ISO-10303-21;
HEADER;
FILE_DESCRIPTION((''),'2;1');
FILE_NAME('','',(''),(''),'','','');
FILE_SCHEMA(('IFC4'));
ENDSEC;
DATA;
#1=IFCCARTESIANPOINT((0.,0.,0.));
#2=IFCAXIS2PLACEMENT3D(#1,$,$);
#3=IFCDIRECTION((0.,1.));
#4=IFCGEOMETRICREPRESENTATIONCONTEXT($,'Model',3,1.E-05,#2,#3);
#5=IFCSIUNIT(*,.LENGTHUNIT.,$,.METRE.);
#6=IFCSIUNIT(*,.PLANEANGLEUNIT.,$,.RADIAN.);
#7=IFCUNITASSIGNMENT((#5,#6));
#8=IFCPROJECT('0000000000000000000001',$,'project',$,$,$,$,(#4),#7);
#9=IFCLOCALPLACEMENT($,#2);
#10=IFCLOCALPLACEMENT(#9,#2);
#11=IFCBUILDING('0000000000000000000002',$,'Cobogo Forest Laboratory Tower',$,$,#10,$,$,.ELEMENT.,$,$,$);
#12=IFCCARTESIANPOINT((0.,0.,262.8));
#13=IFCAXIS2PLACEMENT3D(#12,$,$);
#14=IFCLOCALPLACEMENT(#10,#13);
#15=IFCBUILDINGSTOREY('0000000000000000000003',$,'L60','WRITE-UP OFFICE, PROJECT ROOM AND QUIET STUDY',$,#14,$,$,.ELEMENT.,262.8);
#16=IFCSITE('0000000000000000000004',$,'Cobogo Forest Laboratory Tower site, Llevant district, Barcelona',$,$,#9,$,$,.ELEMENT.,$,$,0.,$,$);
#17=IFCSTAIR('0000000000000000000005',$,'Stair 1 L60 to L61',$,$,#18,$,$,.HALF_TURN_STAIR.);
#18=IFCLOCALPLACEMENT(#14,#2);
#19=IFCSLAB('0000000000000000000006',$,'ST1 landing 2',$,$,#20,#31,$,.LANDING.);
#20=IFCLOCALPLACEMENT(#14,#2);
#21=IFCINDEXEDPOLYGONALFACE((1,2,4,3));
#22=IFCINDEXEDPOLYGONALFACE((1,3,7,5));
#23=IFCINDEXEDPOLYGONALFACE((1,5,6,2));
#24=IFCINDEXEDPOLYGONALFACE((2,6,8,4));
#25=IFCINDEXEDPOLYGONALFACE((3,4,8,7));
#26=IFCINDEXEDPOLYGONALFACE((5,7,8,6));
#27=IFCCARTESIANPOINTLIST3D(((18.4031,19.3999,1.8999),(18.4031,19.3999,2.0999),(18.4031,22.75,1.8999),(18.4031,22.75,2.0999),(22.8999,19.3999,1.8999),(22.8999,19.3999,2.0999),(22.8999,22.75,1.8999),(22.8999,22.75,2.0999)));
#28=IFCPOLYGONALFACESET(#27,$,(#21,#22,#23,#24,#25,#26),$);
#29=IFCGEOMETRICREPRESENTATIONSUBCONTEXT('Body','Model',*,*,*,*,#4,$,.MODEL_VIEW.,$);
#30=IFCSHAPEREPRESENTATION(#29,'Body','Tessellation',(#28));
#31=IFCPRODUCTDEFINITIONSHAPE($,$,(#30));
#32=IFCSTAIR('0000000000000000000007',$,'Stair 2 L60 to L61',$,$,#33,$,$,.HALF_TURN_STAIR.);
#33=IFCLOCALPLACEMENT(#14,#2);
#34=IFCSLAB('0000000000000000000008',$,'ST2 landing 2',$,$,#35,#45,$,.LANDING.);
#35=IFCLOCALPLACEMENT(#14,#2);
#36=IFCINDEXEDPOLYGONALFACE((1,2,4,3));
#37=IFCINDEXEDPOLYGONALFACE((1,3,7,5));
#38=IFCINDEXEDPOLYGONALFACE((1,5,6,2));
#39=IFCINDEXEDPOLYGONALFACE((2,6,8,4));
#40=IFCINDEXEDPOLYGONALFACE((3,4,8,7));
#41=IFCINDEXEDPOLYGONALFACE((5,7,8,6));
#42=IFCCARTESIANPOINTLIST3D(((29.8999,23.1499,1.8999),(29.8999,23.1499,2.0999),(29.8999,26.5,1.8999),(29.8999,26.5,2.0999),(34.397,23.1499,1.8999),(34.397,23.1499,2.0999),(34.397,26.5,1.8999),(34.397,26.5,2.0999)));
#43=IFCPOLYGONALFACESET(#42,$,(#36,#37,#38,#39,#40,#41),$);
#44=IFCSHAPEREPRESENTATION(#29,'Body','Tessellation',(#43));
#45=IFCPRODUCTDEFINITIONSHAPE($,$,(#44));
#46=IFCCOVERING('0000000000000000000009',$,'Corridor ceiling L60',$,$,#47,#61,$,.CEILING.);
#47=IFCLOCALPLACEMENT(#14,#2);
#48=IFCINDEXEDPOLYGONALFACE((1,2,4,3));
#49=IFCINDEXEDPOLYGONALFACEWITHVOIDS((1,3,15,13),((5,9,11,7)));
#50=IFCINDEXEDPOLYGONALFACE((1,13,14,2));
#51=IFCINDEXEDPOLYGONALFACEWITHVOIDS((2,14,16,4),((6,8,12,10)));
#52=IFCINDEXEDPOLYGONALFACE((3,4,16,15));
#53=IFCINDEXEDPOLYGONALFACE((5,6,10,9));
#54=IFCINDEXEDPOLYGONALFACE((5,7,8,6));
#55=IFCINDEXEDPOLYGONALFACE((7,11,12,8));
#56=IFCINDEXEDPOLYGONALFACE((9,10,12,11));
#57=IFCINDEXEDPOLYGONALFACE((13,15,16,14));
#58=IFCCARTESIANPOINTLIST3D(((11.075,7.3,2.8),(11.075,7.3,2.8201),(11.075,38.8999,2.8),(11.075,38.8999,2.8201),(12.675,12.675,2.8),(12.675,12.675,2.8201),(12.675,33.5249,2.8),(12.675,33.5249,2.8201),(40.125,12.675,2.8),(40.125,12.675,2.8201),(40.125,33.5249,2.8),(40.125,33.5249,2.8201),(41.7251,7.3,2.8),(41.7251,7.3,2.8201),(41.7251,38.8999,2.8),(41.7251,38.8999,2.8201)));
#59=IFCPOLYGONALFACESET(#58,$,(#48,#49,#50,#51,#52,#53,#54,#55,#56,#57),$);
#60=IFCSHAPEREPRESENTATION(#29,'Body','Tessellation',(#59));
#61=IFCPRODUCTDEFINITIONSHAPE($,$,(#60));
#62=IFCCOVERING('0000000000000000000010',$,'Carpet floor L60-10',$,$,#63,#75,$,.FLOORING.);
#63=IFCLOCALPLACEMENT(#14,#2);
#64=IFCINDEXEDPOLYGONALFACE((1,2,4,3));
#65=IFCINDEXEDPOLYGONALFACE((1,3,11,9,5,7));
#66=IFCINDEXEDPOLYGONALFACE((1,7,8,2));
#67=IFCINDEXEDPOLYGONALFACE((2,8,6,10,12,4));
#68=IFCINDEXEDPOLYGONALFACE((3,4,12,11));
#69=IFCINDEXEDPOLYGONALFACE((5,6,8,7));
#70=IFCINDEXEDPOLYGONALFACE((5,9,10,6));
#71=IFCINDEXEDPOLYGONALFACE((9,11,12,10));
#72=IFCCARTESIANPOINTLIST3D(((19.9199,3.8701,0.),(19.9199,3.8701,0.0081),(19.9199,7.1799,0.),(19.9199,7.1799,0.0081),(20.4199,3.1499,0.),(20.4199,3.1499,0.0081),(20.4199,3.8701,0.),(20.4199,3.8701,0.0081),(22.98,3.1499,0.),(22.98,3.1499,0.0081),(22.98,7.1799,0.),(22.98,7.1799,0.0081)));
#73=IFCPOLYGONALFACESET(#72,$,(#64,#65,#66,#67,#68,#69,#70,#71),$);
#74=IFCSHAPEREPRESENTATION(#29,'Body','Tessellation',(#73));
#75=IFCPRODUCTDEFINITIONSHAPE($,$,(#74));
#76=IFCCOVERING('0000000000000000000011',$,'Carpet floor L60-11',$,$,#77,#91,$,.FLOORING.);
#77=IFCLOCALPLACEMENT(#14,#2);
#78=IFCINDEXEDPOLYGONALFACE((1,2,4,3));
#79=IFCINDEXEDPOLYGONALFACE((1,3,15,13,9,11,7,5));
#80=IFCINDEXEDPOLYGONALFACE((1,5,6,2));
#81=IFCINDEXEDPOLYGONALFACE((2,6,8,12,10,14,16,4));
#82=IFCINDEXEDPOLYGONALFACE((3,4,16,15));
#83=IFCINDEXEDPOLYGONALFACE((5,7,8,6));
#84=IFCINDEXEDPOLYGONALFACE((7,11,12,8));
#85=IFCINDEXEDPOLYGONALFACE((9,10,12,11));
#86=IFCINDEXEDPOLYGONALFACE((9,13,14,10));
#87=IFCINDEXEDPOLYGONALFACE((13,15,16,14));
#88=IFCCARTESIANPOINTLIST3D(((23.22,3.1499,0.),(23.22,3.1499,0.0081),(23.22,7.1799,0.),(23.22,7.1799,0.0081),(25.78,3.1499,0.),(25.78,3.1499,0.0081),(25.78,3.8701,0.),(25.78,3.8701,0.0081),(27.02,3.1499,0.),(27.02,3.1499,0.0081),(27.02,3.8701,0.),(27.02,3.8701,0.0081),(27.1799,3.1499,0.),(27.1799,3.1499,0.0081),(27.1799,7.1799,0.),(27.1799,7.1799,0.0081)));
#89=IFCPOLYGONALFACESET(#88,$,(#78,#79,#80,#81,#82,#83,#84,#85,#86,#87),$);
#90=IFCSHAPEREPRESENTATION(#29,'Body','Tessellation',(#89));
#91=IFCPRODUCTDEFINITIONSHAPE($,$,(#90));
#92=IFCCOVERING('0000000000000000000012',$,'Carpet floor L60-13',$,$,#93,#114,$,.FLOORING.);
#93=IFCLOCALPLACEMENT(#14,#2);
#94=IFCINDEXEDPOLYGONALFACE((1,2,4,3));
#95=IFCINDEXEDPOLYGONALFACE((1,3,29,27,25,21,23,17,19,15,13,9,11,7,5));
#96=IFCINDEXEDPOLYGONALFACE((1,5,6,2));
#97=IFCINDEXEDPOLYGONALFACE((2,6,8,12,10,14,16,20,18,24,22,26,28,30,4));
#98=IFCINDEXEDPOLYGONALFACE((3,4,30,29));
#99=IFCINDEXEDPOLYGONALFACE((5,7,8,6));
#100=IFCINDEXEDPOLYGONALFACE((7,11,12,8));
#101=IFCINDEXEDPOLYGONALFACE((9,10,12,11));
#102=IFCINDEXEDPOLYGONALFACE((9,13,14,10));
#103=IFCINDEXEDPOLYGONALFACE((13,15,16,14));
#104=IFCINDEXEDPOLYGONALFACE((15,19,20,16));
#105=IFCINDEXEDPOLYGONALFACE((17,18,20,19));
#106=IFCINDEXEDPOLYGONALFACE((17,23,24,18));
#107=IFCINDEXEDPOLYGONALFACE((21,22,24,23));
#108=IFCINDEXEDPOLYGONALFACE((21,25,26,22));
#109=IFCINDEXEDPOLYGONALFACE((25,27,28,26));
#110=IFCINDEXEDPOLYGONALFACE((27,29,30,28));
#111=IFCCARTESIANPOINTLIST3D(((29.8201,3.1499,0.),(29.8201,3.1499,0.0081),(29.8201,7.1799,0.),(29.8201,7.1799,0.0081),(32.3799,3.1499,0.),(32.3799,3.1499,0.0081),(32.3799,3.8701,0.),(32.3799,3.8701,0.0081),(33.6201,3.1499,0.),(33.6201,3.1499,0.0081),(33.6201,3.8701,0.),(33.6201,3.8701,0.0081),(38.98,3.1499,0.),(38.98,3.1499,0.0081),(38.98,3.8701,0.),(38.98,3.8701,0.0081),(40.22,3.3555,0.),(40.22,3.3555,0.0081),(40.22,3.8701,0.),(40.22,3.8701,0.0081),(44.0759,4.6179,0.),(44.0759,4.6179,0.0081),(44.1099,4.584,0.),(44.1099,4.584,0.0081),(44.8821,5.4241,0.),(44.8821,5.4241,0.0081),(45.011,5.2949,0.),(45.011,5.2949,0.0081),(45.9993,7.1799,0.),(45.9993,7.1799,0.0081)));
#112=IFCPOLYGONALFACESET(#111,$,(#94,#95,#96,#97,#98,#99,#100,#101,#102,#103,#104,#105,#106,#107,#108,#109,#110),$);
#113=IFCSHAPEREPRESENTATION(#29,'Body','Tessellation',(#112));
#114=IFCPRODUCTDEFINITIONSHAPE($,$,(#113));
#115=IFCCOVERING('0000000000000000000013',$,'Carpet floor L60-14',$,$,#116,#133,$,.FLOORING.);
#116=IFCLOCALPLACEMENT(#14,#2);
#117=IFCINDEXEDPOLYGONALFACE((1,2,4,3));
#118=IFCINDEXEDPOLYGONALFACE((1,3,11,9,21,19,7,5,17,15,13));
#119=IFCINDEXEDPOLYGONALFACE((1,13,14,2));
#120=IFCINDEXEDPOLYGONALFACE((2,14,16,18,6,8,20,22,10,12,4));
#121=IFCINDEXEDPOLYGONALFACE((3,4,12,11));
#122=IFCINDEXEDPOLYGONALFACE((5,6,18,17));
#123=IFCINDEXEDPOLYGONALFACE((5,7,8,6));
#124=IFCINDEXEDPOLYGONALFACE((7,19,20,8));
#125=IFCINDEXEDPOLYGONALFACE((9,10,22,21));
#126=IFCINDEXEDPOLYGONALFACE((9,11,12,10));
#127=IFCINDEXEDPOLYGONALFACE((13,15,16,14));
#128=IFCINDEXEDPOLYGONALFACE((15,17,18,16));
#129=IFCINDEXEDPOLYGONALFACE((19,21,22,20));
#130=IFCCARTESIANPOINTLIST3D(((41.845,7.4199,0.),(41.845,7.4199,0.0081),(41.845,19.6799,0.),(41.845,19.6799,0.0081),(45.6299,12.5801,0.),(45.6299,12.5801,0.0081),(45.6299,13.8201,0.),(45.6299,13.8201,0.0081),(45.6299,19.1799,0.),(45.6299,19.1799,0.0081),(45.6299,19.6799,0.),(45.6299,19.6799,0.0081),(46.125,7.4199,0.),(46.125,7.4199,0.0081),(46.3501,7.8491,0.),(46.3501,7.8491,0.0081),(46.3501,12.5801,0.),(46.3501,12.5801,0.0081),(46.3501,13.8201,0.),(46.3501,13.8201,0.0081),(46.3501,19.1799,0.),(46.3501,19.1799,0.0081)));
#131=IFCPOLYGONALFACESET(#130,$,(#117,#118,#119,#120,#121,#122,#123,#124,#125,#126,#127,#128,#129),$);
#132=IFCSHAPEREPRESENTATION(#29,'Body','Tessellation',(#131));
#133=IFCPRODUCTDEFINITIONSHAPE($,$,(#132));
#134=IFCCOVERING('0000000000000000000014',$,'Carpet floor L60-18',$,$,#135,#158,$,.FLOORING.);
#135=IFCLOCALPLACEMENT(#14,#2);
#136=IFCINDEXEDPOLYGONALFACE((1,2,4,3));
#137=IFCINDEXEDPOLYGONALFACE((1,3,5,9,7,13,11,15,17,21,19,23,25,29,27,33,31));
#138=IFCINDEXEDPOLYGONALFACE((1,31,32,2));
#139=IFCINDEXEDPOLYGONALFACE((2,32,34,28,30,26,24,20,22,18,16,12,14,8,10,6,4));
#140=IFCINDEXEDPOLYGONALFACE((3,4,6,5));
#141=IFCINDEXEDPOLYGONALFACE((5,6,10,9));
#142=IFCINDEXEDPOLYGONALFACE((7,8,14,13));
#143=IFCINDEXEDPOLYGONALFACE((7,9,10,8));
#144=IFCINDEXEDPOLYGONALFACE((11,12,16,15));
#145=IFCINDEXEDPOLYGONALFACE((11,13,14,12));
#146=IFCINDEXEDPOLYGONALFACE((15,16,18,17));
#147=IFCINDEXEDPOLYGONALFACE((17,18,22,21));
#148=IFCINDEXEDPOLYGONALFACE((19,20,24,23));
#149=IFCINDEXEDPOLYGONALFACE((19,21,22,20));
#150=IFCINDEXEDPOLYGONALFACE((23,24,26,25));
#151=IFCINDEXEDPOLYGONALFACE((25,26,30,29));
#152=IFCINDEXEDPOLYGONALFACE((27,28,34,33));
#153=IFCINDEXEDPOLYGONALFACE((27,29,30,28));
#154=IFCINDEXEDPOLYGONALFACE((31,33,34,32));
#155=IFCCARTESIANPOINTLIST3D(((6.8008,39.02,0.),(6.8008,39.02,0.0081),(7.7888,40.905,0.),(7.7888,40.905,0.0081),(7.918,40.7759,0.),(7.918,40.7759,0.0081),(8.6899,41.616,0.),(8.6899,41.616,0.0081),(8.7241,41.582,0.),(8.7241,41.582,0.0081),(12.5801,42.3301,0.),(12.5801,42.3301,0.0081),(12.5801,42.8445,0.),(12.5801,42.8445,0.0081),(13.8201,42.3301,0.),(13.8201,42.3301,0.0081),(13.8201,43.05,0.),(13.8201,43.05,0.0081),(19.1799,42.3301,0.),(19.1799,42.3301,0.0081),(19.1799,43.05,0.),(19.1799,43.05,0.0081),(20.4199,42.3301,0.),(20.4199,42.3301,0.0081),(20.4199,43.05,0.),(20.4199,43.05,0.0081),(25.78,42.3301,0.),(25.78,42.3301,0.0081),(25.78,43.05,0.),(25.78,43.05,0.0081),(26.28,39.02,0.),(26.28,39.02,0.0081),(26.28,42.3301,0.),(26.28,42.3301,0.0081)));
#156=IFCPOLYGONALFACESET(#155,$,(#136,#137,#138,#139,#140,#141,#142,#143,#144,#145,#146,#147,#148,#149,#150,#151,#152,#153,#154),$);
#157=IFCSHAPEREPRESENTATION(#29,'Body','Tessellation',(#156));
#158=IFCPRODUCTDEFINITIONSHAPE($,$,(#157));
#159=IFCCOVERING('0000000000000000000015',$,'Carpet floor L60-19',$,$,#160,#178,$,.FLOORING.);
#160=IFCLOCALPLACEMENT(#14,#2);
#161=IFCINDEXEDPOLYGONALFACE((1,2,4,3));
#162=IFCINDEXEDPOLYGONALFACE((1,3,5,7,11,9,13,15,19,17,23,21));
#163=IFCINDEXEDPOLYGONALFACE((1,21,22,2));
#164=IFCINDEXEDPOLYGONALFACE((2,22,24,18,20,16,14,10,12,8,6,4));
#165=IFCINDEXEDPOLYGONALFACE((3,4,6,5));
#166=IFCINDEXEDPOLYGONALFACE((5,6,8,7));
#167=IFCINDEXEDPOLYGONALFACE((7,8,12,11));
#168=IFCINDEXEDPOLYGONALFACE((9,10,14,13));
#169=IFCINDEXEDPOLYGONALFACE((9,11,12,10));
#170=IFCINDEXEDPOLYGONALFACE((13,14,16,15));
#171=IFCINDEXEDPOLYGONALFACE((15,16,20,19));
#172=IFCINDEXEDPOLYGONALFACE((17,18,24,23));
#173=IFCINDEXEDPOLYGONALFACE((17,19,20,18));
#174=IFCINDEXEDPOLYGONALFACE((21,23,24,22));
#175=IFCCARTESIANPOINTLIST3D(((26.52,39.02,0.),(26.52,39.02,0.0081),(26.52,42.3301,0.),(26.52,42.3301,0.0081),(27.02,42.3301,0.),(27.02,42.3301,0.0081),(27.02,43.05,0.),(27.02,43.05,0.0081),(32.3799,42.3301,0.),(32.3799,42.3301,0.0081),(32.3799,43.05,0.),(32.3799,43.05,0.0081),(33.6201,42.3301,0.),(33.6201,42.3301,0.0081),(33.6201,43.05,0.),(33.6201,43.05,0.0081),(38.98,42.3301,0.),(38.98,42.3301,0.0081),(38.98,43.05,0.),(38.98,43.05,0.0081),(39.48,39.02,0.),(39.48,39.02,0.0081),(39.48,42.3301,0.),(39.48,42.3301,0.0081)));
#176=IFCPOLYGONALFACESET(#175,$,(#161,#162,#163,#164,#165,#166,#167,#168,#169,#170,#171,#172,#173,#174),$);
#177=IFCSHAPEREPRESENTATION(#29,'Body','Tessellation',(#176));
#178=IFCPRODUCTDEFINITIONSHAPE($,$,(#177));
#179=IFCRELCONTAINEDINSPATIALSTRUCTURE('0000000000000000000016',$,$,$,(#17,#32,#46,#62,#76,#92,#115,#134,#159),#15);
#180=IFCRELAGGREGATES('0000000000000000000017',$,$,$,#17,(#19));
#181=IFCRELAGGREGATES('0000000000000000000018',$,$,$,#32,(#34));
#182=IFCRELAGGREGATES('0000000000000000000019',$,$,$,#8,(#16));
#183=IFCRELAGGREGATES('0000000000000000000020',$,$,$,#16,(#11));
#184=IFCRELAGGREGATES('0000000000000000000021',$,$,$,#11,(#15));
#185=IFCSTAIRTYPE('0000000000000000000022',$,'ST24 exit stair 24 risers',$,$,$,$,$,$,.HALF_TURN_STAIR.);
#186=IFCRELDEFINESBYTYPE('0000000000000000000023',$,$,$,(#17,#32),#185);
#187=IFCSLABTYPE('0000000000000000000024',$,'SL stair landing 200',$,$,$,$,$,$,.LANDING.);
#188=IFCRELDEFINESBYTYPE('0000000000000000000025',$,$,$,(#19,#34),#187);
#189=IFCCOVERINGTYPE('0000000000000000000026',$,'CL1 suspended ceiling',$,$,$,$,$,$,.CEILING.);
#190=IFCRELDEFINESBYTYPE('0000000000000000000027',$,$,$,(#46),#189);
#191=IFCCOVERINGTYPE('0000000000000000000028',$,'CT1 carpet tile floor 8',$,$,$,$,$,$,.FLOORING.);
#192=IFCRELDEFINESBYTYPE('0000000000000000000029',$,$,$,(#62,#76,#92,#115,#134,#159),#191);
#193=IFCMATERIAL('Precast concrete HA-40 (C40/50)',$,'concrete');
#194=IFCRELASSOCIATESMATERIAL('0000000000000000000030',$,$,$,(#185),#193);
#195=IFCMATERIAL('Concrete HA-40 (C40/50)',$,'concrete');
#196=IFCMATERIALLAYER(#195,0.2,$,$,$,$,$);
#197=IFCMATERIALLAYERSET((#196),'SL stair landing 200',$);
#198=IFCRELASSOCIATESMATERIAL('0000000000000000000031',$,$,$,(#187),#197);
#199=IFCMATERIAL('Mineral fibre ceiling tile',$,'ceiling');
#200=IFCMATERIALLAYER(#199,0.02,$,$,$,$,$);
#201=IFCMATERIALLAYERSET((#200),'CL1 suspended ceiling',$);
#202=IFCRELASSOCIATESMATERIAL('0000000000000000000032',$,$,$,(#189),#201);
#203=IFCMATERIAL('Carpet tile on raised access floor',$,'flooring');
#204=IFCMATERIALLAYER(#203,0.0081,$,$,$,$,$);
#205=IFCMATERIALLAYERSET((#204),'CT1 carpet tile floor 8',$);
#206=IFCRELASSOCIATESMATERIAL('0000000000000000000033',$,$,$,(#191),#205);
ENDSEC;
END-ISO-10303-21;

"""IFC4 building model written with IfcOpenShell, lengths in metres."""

from ifc_helpers import new_model, si_unit, direction, frame, origin, place, context, subcontext, project, spatial, polyline, outline, extrude, material, layer, layer_set, type_object, element, aggregate, save


model = new_model("IFC4")

# Units and contexts
model_context = context("Model", 3, precision=1e-05, world=origin(), true_north=direction((0.0, 1.0)))
body_context = subcontext(model_context, "Body", "Model", "MODEL_VIEW")
ifc_project = project(units=[si_unit("LENGTHUNIT", "METRE"), si_unit("PLANEANGLEUNIT", "RADIAN")], contexts=[model_context])

# Site, building, storey
site_placement = place(None, origin())
site = spatial("IfcSite", under=ifc_project, at=site_placement, Name="Cobogo Forest Laboratory Tower site, Llevant district, Barcelona", CompositionType="ELEMENT", RefElevation=0.0)
building_placement = place(site_placement, origin())
building = spatial("IfcBuilding", under=site, at=building_placement, Name="Cobogo Forest Laboratory Tower", CompositionType="ELEMENT")
storey_placement = place(building_placement, frame((0.0, 0.0, 262.8)))
storey = spatial("IfcBuildingStorey", under=building, at=storey_placement, Name="L60", Description="WRITE-UP OFFICE, PROJECT ROOM AND QUIET STUDY", CompositionType="ELEMENT", Elevation=262.8)

# Stairs, slabs
ifc_material_1 = material(Name="Precast concrete HA-40 (C40/50)", Category="concrete")
stair_type = type_object("IfcStairType", Name="ST24 exit stair 24 risers", PredefinedType="HALF_TURN_STAIR", material=ifc_material_1)
stair_1_placement = place(storey_placement, origin())
stair_1 = element("IfcStair", 1, at=stair_1_placement, inside=storey, type_object=stair_type, Name="Stair 1 L60 to L61", PredefinedType="HALF_TURN_STAIR")
ifc_material_2 = material(Name="Concrete HA-40 (C40/50)", Category="concrete")
ifc_layer_1 = layer(ifc_material_2, 0.2)
ifc_layer_set_1 = layer_set([ifc_layer_1], Name="SL stair landing 200")
slab_type = type_object("IfcSlabType", Name="SL stair landing 200", PredefinedType="LANDING", material=ifc_layer_set_1)
slab_1_placement = place(storey_placement, frame((0.0, 0.0, 1.8999)))
slab_1 = element("IfcSlab", 2, at=slab_1_placement, type_object=slab_type, Name="ST1 landing 2", PredefinedType="LANDING", context=body_context, shape_type="SweptSolid", body=[
    extrude(outline(polyline([(18.4031, 19.3999), (22.8999, 19.3999), (22.8999, 22.75), (18.4031, 22.75), (18.4031, 19.3999)])), origin(), (0.0, 0.0, 1.0), 0.2),
])
aggregate(stair_1, [slab_1])
stair_2_placement = place(storey_placement, origin())
stair_2 = element("IfcStair", 3, at=stair_2_placement, inside=storey, type_object=stair_type, Name="Stair 2 L60 to L61", PredefinedType="HALF_TURN_STAIR")
slab_2_placement = place(storey_placement, frame((0.0, 0.0, 1.8999)))
slab_2 = element("IfcSlab", 4, at=slab_2_placement, type_object=slab_type, Name="ST2 landing 2", PredefinedType="LANDING", context=body_context, shape_type="SweptSolid", body=[
    extrude(outline(polyline([(29.8999, 23.1499), (34.397, 23.1499), (34.397, 26.5), (29.8999, 26.5), (29.8999, 23.1499)])), origin(), (0.0, 0.0, 1.0), 0.2),
])
aggregate(stair_2, [slab_2])

# Coverings
ifc_material_3 = material(Name="Mineral fibre ceiling tile", Category="ceiling")
ifc_layer_2 = layer(ifc_material_3, 0.02)
ifc_layer_set_2 = layer_set([ifc_layer_2], Name="CL1 suspended ceiling")
covering_type_1 = type_object("IfcCoveringType", Name="CL1 suspended ceiling", PredefinedType="CEILING", material=ifc_layer_set_2)
covering_1_placement = place(storey_placement, frame((0.0, 0.0, 2.8)))
element("IfcCovering", 5, at=covering_1_placement, inside=storey, type_object=covering_type_1, Name="Corridor ceiling L60", PredefinedType="CEILING", context=body_context, shape_type="SweptSolid", body=[
    extrude(outline(polyline([(11.075, 7.3), (11.075, 38.8999), (41.7251, 38.8999), (41.7251, 7.3), (11.075, 7.3)]), holes=[polyline([(40.125, 33.5249), (12.675, 33.5249), (12.675, 12.675), (40.125, 12.675), (40.125, 33.5249)])]), origin(), (0.0, 0.0, 1.0), 0.02),
])
ifc_material_4 = material(Name="Carpet tile on raised access floor", Category="flooring")
ifc_layer_3 = layer(ifc_material_4, 0.0081)
ifc_layer_set_3 = layer_set([ifc_layer_3], Name="CT1 carpet tile floor 8")
covering_type_2 = type_object("IfcCoveringType", Name="CT1 carpet tile floor 8", PredefinedType="FLOORING", material=ifc_layer_set_3)
covering_2_placement = place(storey_placement, origin())
element("IfcCovering", 6, at=covering_2_placement, inside=storey, type_object=covering_type_2, Name="Carpet floor L60-10", PredefinedType="FLOORING", context=body_context, shape_type="SweptSolid", body=[
    extrude(outline(polyline([(22.98, 7.1799), (22.98, 3.1499), (20.4199, 3.1499), (20.4199, 3.8701), (19.9199, 3.8701), (19.9199, 7.1799), (22.98, 7.1799)])), origin(), (0.0, 0.0, 1.0), 0.0081),
])
covering_3_placement = place(storey_placement, origin())
element("IfcCovering", 7, at=covering_3_placement, inside=storey, type_object=covering_type_2, Name="Carpet floor L60-11", PredefinedType="FLOORING", context=body_context, shape_type="SweptSolid", body=[
    extrude(outline(polyline([(27.1799, 7.1799), (27.1799, 3.1499), (27.02, 3.1499), (27.02, 3.8701), (25.78, 3.8701), (25.78, 3.1499), (23.22, 3.1499), (23.22, 7.1799), (27.1799, 7.1799)])), origin(), (0.0, 0.0, 1.0), 0.0081),
])
covering_4_placement = place(storey_placement, origin())
element("IfcCovering", 8, at=covering_4_placement, inside=storey, type_object=covering_type_2, Name="Carpet floor L60-13", PredefinedType="FLOORING", context=body_context, shape_type="SweptSolid", body=[
    extrude(outline(polyline([(44.1099, 4.584), (40.22, 3.3555), (40.22, 3.8701), (38.98, 3.8701), (38.98, 3.1499), (33.6201, 3.1499), (33.6201, 3.8701), (32.3799, 3.8701), (32.3799, 3.1499), (29.8201, 3.1499), (29.8201, 7.1799), (45.9993, 7.1799), (45.011, 5.2949), (44.8821, 5.4241), (44.0759, 4.6179), (44.1099, 4.584)])), origin(), (0.0, 0.0, 1.0), 0.0081),
])
covering_5_placement = place(storey_placement, origin())
element("IfcCovering", 9, at=covering_5_placement, inside=storey, type_object=covering_type_2, Name="Carpet floor L60-14", PredefinedType="FLOORING", context=body_context, shape_type="SweptSolid", body=[
    extrude(outline(polyline([(41.845, 19.6799), (45.6299, 19.6799), (45.6299, 19.1799), (46.3501, 19.1799), (46.3501, 13.8201), (45.6299, 13.8201), (45.6299, 12.5801), (46.3501, 12.5801), (46.3501, 7.8491), (46.125, 7.4199), (41.845, 7.4199), (41.845, 19.6799)])), origin(), (0.0, 0.0, 1.0), 0.0081),
])
covering_6_placement = place(storey_placement, origin())
element("IfcCovering", 10, at=covering_6_placement, inside=storey, type_object=covering_type_2, Name="Carpet floor L60-18", PredefinedType="FLOORING", context=body_context, shape_type="SweptSolid", body=[
    extrude(outline(polyline([(6.8008, 39.02), (7.7888, 40.905), (7.918, 40.7759), (8.7241, 41.582), (8.6899, 41.616), (12.5801, 42.8445), (12.5801, 42.3301), (13.8201, 42.3301), (13.8201, 43.05), (19.1799, 43.05), (19.1799, 42.3301), (20.4199, 42.3301), (20.4199, 43.05), (25.78, 43.05), (25.78, 42.3301), (26.28, 42.3301), (26.28, 39.02), (6.8008, 39.02)])), origin(), (0.0, 0.0, 1.0), 0.0081),
])
covering_7_placement = place(storey_placement, origin())
element("IfcCovering", 11, at=covering_7_placement, inside=storey, type_object=covering_type_2, Name="Carpet floor L60-19", PredefinedType="FLOORING", context=body_context, shape_type="SweptSolid", body=[
    extrude(outline(polyline([(26.52, 39.02), (26.52, 42.3301), (27.02, 42.3301), (27.02, 43.05), (32.3799, 43.05), (32.3799, 42.3301), (33.6201, 42.3301), (33.6201, 43.05), (38.98, 43.05), (38.98, 42.3301), (39.48, 42.3301), (39.48, 39.02), (26.52, 39.02)])), origin(), (0.0, 0.0, 1.0), 0.0081),
])

save(model, "model.ifc")
